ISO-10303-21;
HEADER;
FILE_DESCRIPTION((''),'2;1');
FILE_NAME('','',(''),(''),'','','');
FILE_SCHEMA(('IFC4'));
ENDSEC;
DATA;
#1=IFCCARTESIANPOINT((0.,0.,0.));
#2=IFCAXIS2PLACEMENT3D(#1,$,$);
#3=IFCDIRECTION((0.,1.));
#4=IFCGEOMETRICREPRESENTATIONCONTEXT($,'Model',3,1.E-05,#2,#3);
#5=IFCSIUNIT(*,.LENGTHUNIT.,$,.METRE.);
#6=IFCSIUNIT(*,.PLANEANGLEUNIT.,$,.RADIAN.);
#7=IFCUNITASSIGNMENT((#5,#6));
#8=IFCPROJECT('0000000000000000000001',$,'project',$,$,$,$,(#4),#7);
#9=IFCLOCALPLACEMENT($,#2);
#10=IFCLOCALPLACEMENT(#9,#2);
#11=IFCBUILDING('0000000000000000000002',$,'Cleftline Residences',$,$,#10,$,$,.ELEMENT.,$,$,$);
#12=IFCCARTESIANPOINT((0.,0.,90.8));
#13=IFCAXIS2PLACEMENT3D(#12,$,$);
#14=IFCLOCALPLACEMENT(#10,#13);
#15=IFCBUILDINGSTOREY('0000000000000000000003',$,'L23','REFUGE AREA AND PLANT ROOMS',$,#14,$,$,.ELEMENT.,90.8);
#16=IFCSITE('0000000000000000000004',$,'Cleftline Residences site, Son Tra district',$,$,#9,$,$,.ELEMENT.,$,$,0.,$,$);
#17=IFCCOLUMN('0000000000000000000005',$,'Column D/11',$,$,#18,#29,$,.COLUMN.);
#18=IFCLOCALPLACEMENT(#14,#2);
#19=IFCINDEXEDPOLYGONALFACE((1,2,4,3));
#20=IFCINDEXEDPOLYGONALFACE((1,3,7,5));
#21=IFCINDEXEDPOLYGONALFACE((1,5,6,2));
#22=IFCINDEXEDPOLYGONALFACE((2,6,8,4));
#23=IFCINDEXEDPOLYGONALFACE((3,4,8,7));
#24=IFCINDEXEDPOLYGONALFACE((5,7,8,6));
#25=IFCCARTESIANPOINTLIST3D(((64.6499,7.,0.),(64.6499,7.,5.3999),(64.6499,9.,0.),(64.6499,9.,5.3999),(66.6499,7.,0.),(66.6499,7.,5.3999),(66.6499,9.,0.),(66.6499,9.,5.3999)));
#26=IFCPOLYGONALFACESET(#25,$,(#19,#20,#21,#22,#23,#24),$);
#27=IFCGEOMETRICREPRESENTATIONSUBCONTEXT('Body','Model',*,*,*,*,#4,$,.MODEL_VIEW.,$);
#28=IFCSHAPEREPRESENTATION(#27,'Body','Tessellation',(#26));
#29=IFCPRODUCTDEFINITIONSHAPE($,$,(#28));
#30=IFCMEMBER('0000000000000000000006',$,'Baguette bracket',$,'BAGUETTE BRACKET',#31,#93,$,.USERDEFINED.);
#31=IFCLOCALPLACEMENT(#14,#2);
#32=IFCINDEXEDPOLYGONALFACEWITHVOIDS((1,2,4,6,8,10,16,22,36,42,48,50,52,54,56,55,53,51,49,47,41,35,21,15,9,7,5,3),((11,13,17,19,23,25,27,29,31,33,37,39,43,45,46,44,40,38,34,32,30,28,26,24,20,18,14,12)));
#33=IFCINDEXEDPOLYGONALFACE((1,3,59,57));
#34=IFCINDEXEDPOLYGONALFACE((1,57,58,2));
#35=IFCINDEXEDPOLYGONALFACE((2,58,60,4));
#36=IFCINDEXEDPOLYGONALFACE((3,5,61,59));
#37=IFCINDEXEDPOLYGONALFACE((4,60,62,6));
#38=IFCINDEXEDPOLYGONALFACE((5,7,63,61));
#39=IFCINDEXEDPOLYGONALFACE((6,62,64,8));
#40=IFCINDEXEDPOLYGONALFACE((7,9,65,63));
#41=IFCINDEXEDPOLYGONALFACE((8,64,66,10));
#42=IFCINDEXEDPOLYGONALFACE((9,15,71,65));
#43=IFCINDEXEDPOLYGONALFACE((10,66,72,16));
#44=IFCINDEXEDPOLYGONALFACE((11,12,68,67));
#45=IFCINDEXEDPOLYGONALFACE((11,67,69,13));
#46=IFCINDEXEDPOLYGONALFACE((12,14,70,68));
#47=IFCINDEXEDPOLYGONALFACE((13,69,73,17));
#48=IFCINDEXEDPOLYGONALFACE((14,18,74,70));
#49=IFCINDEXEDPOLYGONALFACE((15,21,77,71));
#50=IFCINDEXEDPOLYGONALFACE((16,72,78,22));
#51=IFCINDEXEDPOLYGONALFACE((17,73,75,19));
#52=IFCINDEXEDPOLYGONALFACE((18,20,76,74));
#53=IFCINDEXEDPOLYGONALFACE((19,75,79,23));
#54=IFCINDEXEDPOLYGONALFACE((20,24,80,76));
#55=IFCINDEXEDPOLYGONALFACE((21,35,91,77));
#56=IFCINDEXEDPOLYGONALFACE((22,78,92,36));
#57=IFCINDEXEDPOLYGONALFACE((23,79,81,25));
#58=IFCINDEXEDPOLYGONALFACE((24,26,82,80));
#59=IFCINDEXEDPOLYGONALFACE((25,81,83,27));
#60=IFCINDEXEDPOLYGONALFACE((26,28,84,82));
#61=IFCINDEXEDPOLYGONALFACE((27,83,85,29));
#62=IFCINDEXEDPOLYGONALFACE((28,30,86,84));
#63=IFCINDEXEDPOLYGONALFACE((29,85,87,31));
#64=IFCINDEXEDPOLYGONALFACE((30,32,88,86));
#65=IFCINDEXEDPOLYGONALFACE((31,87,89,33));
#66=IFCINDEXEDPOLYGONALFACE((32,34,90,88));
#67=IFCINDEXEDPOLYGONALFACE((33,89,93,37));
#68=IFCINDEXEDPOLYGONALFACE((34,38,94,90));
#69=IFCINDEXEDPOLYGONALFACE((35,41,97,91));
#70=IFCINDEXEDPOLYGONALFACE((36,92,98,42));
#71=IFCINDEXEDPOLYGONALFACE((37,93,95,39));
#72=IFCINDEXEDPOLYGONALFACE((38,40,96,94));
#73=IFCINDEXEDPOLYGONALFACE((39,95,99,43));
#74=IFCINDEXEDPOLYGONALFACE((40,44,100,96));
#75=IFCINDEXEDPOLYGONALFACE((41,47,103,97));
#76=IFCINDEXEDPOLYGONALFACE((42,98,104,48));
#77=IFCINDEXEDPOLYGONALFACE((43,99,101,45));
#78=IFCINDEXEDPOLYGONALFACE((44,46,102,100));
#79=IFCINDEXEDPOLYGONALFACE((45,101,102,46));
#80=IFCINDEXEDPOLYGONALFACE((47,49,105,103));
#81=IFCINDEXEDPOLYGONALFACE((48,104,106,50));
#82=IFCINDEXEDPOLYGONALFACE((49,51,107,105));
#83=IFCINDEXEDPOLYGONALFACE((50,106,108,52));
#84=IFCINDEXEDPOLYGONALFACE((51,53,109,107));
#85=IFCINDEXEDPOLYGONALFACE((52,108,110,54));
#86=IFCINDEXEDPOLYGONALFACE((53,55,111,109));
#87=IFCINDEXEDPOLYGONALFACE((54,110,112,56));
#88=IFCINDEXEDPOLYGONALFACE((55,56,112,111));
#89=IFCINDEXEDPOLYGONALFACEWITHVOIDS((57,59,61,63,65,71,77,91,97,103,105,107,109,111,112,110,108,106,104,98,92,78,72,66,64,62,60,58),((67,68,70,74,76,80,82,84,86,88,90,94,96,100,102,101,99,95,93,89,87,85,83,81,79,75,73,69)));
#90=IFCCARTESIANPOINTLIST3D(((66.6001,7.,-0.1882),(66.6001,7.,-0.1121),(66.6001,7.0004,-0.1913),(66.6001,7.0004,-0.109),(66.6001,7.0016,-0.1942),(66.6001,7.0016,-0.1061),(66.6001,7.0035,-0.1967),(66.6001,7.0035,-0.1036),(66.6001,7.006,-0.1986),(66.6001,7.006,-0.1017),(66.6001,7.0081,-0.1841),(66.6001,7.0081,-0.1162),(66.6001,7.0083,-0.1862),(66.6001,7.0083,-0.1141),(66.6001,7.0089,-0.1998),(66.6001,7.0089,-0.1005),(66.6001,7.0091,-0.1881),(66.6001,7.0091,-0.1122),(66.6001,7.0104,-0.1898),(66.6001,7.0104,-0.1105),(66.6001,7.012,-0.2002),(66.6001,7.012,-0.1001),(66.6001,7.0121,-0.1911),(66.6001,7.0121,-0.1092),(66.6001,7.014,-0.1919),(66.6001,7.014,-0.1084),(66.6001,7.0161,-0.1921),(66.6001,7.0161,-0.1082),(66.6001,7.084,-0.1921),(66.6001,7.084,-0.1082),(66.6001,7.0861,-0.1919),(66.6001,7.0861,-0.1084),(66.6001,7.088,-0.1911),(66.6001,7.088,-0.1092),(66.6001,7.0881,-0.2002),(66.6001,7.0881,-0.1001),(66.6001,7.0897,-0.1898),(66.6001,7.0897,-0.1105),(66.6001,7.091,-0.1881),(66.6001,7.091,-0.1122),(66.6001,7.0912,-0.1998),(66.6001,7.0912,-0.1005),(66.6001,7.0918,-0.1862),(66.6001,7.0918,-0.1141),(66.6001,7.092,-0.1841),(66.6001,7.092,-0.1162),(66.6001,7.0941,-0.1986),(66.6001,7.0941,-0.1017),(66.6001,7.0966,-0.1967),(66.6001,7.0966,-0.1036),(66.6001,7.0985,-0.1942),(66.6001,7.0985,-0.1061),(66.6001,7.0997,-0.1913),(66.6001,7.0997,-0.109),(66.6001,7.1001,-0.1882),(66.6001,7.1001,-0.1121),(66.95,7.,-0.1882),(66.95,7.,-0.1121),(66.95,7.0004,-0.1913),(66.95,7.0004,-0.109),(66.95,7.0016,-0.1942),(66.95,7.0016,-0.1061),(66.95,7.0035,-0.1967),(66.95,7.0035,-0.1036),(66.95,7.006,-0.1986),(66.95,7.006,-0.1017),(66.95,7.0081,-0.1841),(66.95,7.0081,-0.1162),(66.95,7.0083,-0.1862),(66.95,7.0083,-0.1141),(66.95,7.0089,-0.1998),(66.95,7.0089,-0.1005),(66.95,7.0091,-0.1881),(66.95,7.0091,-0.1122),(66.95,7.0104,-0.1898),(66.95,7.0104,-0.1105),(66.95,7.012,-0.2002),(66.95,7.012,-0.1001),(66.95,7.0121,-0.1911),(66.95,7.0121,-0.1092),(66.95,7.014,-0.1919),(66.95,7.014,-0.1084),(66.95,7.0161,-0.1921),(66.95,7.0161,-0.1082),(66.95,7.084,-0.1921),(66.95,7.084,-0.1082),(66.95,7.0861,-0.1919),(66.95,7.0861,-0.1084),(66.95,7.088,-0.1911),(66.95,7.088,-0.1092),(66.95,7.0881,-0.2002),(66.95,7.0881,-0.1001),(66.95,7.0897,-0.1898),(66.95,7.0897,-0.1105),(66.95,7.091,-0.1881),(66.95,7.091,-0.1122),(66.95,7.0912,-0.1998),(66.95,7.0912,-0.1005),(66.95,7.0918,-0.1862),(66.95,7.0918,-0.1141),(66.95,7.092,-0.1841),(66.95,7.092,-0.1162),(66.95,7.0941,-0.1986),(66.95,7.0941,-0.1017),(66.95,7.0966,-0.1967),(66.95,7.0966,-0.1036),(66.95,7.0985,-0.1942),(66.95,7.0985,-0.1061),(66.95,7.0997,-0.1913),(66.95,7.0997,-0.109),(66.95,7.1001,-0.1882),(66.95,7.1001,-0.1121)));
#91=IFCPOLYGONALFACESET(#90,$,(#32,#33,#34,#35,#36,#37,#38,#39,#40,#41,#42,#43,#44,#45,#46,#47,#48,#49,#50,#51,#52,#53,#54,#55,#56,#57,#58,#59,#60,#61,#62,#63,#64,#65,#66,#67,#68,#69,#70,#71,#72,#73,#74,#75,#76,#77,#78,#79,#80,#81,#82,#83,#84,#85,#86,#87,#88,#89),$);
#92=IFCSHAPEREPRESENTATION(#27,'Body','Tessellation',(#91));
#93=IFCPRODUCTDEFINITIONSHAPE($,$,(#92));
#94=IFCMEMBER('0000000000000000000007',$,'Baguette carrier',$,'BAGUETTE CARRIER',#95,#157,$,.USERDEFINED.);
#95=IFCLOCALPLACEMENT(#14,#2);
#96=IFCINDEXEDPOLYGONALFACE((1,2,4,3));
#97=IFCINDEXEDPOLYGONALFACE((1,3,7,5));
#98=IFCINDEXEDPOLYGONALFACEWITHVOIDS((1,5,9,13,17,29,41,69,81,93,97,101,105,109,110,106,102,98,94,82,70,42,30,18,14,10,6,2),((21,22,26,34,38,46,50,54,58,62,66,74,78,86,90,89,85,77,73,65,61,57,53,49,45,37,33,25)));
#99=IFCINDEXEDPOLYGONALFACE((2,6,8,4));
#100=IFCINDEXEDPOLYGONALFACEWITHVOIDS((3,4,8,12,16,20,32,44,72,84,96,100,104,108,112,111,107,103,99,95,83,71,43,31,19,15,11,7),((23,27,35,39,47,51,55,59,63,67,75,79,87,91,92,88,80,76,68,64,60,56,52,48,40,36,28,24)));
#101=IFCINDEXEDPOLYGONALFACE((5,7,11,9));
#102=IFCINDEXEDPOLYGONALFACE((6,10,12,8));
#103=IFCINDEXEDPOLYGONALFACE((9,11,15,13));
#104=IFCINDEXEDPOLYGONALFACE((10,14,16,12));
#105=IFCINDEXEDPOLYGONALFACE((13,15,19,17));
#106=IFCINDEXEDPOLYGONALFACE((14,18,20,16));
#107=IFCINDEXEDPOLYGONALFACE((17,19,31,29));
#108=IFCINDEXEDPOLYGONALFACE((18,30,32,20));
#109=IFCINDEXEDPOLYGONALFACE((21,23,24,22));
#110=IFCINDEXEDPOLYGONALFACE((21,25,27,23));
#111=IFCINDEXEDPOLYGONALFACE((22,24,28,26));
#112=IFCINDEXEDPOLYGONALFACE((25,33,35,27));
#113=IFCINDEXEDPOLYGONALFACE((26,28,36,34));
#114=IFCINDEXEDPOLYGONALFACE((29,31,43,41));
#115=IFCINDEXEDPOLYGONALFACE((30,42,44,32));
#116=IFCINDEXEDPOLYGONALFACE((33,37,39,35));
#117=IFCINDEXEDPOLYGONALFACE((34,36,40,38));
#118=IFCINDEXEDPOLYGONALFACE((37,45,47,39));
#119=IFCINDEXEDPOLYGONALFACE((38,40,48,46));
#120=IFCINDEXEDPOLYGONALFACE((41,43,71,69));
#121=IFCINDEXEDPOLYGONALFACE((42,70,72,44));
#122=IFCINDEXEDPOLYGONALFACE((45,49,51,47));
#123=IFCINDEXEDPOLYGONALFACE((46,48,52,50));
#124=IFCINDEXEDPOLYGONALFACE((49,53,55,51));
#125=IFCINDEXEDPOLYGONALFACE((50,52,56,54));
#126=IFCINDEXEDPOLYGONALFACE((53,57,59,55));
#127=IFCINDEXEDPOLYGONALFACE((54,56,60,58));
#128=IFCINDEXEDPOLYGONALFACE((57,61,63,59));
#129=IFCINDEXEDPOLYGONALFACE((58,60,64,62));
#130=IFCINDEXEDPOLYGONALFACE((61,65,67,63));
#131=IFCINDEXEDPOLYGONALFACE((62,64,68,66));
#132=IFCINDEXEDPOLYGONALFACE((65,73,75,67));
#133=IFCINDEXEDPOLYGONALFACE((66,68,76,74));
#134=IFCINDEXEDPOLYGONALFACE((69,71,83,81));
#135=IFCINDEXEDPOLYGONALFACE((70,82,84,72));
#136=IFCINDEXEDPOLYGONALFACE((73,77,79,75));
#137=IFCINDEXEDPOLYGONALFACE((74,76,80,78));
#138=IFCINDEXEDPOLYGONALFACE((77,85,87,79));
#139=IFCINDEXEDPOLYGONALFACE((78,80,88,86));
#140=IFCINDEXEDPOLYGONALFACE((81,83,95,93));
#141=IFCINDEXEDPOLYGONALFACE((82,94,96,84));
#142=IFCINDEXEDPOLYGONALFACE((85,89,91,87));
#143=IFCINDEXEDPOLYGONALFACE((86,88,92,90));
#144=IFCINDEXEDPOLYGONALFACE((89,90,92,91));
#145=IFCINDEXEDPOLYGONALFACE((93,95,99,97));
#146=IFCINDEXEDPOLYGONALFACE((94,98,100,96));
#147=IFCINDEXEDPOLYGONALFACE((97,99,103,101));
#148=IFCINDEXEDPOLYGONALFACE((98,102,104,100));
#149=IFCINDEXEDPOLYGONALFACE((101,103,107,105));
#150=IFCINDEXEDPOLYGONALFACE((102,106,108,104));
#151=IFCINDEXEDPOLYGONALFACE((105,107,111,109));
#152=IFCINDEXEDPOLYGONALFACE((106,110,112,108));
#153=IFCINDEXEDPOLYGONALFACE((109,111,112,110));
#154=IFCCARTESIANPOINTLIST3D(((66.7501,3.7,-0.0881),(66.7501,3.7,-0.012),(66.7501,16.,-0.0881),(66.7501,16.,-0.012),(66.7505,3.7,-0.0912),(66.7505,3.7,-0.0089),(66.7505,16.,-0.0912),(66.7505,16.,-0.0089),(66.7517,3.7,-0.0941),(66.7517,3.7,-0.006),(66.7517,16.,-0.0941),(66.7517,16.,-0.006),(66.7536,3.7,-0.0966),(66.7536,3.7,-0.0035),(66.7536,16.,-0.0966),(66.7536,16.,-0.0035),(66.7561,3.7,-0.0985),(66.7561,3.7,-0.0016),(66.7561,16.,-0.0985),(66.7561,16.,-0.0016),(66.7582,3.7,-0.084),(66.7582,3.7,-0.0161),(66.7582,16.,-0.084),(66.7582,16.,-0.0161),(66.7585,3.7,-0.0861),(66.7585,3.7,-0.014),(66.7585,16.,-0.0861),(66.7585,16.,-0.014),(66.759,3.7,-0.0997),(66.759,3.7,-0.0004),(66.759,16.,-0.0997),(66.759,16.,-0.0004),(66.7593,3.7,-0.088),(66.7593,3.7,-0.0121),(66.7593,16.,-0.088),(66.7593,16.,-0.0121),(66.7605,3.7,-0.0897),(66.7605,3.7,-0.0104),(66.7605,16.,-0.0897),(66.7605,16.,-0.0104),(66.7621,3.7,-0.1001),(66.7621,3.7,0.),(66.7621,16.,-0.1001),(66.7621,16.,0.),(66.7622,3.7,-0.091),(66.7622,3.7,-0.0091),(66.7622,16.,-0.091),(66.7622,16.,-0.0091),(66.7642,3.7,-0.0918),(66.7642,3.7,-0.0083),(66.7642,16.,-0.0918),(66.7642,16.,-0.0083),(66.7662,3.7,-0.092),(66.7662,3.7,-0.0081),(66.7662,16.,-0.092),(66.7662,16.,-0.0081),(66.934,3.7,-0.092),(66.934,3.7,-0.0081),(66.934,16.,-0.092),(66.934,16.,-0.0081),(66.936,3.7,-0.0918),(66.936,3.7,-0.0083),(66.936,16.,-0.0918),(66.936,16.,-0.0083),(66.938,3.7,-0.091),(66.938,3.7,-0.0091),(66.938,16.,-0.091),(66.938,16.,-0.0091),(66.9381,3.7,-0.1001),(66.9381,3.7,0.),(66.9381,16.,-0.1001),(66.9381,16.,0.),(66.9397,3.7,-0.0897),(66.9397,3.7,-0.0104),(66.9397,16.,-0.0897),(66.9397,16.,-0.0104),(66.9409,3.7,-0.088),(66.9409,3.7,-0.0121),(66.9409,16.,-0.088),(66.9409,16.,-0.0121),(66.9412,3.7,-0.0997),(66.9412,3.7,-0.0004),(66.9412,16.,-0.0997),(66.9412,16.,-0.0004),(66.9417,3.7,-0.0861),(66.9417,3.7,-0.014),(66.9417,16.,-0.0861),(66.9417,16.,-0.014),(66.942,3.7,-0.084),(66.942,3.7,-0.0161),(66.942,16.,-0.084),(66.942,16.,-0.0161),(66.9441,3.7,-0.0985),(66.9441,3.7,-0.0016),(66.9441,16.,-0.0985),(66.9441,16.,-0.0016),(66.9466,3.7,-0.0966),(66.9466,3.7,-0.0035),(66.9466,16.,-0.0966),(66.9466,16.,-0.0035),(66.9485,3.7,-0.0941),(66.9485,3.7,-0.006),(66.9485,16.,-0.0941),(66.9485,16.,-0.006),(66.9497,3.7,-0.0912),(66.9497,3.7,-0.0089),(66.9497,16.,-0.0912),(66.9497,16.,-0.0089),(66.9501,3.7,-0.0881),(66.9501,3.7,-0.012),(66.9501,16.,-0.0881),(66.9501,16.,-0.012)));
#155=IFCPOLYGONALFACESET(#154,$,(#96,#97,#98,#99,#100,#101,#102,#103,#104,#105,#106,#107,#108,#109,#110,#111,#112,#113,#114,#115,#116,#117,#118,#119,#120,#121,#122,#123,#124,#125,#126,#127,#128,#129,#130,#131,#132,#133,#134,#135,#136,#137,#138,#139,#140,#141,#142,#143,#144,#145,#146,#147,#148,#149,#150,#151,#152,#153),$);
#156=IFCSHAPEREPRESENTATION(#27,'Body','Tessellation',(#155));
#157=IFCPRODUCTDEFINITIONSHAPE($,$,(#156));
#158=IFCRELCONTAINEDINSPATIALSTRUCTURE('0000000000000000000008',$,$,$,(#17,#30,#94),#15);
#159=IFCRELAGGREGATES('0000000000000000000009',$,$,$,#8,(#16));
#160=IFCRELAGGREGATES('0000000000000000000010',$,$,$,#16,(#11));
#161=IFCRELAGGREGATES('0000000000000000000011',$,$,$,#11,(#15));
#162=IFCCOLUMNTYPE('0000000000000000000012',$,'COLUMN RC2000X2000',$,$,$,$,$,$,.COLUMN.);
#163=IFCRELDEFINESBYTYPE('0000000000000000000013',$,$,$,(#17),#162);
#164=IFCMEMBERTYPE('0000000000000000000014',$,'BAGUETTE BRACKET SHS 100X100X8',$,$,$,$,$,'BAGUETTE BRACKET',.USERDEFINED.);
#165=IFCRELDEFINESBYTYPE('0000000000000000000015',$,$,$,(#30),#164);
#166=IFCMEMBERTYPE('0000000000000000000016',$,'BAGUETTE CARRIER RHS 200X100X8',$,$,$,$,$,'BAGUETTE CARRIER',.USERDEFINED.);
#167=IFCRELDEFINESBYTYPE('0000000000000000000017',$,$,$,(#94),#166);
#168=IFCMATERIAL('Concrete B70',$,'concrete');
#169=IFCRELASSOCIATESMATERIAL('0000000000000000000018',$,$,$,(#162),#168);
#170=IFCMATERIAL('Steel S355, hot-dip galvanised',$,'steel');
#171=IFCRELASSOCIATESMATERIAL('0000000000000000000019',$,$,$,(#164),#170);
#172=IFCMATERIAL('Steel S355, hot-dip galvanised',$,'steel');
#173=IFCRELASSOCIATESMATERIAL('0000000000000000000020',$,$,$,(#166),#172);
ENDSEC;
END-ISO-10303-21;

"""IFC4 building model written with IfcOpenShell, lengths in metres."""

from ifc_helpers import new_model, si_unit, direction, frame, origin, origin_2d, place, context, subcontext, project, spatial, rectangle, hollow_rectangle, extrude, material, material_profile, profile_set, type_object, element, save


model = new_model("IFC4")

# Units and contexts
model_context = context("Model", 3, precision=1e-05, world=origin(), true_north=direction((0.0, 1.0)))
body_context = subcontext(model_context, "Body", "Model", "MODEL_VIEW")
ifc_project = project(units=[si_unit("LENGTHUNIT", "METRE"), si_unit("PLANEANGLEUNIT", "RADIAN")], contexts=[model_context])

# Site, building, storey
site_placement = place(None, origin())
site = spatial("IfcSite", under=ifc_project, at=site_placement, Name="Cleftline Residences site, Son Tra district", CompositionType="ELEMENT", RefElevation=0.0)
building_placement = place(site_placement, origin())
building = spatial("IfcBuilding", under=site, at=building_placement, Name="Cleftline Residences", CompositionType="ELEMENT")
storey_placement = place(building_placement, frame((0.0, 0.0, 90.8)))
storey = spatial("IfcBuildingStorey", under=building, at=storey_placement, Name="L23", Description="REFUGE AREA AND PLANT ROOMS", CompositionType="ELEMENT", Elevation=90.8)

# Column
ifc_material_1 = material(Name="Concrete B70", Category="concrete")
ifc_material_profile_1 = material_profile(ifc_material_1, rectangle(XDim=2.0, YDim=2.0, at=origin_2d()))
ifc_profile_set_1 = profile_set([ifc_material_profile_1], Name="Concrete B70")
column_type = type_object("IfcColumnType", Name="COLUMN RC2000X2000", PredefinedType="COLUMN", material=ifc_profile_set_1)
column_placement = place(storey_placement, frame((65.6499, 8.0, 0.0), z_axis=(0.0, 0.0, 1.0), x_axis=(1.0, 0.0, 0.0)))
element("IfcColumn", 1, at=column_placement, inside=storey, type_object=column_type, Name="Column D/11", PredefinedType="COLUMN", context=body_context, shape_type="SweptSolid", body=[
    extrude(rectangle(XDim=2.0, YDim=2.0, at=origin_2d()), origin(), (0.0, 0.0, 1.0), 5.3999),
])

# Members
ifc_material_2 = material(Name="Steel S355, hot-dip galvanised", Category="steel")
ifc_material_profile_2 = material_profile(ifc_material_2, hollow_rectangle(XDim=0.1001, YDim=0.1001, WallThickness=0.0081, InnerFilletRadius=0.0081, OuterFilletRadius=0.012, at=origin_2d()))
ifc_profile_set_2 = profile_set([ifc_material_profile_2], Name="Steel S355, hot-dip galvanised")
member_type_1 = type_object("IfcMemberType", Name="BAGUETTE BRACKET SHS 100X100X8", ElementType="BAGUETTE BRACKET", PredefinedType="USERDEFINED", material=ifc_profile_set_2)
member_1_placement = place(storey_placement, frame((66.6001, 7.05, -0.1501), z_axis=(1.0, 0.0, 0.0), x_axis=(0.0, 1.0, 0.0)))
element("IfcMember", 2, at=member_1_placement, inside=storey, type_object=member_type_1, Name="Baguette bracket", ObjectType="BAGUETTE BRACKET", PredefinedType="USERDEFINED", context=body_context, shape_type="SweptSolid", body=[
    extrude(hollow_rectangle(XDim=0.1001, YDim=0.1001, WallThickness=0.0081, InnerFilletRadius=0.0081, OuterFilletRadius=0.012, at=origin_2d()), origin(), (0.0, 0.0, 1.0), 0.3499),
])
ifc_material_3 = material(Name="Steel S355, hot-dip galvanised", Category="steel")
ifc_material_profile_3 = material_profile(ifc_material_3, hollow_rectangle(XDim=0.1001, YDim=0.2, WallThickness=0.0081, InnerFilletRadius=0.0081, OuterFilletRadius=0.012, at=origin_2d()))
ifc_profile_set_3 = profile_set([ifc_material_profile_3], Name="Steel S355, hot-dip galvanised")
member_type_2 = type_object("IfcMemberType", Name="BAGUETTE CARRIER RHS 200X100X8", ElementType="BAGUETTE CARRIER", PredefinedType="USERDEFINED", material=ifc_profile_set_3)
member_2_placement = place(storey_placement, frame((66.8501, 3.7, -0.05), z_axis=(0.0, 1.0, 0.0), x_axis=(0.0, 0.0, 1.0)))
element("IfcMember", 3, at=member_2_placement, inside=storey, type_object=member_type_2, Name="Baguette carrier", ObjectType="BAGUETTE CARRIER", PredefinedType="USERDEFINED", context=body_context, shape_type="SweptSolid", body=[
    extrude(hollow_rectangle(XDim=0.1001, YDim=0.2, WallThickness=0.0081, InnerFilletRadius=0.0081, OuterFilletRadius=0.012, at=origin_2d()), origin(), (0.0, 0.0, 1.0), 12.3),
])

save(model, "model.ifc")
